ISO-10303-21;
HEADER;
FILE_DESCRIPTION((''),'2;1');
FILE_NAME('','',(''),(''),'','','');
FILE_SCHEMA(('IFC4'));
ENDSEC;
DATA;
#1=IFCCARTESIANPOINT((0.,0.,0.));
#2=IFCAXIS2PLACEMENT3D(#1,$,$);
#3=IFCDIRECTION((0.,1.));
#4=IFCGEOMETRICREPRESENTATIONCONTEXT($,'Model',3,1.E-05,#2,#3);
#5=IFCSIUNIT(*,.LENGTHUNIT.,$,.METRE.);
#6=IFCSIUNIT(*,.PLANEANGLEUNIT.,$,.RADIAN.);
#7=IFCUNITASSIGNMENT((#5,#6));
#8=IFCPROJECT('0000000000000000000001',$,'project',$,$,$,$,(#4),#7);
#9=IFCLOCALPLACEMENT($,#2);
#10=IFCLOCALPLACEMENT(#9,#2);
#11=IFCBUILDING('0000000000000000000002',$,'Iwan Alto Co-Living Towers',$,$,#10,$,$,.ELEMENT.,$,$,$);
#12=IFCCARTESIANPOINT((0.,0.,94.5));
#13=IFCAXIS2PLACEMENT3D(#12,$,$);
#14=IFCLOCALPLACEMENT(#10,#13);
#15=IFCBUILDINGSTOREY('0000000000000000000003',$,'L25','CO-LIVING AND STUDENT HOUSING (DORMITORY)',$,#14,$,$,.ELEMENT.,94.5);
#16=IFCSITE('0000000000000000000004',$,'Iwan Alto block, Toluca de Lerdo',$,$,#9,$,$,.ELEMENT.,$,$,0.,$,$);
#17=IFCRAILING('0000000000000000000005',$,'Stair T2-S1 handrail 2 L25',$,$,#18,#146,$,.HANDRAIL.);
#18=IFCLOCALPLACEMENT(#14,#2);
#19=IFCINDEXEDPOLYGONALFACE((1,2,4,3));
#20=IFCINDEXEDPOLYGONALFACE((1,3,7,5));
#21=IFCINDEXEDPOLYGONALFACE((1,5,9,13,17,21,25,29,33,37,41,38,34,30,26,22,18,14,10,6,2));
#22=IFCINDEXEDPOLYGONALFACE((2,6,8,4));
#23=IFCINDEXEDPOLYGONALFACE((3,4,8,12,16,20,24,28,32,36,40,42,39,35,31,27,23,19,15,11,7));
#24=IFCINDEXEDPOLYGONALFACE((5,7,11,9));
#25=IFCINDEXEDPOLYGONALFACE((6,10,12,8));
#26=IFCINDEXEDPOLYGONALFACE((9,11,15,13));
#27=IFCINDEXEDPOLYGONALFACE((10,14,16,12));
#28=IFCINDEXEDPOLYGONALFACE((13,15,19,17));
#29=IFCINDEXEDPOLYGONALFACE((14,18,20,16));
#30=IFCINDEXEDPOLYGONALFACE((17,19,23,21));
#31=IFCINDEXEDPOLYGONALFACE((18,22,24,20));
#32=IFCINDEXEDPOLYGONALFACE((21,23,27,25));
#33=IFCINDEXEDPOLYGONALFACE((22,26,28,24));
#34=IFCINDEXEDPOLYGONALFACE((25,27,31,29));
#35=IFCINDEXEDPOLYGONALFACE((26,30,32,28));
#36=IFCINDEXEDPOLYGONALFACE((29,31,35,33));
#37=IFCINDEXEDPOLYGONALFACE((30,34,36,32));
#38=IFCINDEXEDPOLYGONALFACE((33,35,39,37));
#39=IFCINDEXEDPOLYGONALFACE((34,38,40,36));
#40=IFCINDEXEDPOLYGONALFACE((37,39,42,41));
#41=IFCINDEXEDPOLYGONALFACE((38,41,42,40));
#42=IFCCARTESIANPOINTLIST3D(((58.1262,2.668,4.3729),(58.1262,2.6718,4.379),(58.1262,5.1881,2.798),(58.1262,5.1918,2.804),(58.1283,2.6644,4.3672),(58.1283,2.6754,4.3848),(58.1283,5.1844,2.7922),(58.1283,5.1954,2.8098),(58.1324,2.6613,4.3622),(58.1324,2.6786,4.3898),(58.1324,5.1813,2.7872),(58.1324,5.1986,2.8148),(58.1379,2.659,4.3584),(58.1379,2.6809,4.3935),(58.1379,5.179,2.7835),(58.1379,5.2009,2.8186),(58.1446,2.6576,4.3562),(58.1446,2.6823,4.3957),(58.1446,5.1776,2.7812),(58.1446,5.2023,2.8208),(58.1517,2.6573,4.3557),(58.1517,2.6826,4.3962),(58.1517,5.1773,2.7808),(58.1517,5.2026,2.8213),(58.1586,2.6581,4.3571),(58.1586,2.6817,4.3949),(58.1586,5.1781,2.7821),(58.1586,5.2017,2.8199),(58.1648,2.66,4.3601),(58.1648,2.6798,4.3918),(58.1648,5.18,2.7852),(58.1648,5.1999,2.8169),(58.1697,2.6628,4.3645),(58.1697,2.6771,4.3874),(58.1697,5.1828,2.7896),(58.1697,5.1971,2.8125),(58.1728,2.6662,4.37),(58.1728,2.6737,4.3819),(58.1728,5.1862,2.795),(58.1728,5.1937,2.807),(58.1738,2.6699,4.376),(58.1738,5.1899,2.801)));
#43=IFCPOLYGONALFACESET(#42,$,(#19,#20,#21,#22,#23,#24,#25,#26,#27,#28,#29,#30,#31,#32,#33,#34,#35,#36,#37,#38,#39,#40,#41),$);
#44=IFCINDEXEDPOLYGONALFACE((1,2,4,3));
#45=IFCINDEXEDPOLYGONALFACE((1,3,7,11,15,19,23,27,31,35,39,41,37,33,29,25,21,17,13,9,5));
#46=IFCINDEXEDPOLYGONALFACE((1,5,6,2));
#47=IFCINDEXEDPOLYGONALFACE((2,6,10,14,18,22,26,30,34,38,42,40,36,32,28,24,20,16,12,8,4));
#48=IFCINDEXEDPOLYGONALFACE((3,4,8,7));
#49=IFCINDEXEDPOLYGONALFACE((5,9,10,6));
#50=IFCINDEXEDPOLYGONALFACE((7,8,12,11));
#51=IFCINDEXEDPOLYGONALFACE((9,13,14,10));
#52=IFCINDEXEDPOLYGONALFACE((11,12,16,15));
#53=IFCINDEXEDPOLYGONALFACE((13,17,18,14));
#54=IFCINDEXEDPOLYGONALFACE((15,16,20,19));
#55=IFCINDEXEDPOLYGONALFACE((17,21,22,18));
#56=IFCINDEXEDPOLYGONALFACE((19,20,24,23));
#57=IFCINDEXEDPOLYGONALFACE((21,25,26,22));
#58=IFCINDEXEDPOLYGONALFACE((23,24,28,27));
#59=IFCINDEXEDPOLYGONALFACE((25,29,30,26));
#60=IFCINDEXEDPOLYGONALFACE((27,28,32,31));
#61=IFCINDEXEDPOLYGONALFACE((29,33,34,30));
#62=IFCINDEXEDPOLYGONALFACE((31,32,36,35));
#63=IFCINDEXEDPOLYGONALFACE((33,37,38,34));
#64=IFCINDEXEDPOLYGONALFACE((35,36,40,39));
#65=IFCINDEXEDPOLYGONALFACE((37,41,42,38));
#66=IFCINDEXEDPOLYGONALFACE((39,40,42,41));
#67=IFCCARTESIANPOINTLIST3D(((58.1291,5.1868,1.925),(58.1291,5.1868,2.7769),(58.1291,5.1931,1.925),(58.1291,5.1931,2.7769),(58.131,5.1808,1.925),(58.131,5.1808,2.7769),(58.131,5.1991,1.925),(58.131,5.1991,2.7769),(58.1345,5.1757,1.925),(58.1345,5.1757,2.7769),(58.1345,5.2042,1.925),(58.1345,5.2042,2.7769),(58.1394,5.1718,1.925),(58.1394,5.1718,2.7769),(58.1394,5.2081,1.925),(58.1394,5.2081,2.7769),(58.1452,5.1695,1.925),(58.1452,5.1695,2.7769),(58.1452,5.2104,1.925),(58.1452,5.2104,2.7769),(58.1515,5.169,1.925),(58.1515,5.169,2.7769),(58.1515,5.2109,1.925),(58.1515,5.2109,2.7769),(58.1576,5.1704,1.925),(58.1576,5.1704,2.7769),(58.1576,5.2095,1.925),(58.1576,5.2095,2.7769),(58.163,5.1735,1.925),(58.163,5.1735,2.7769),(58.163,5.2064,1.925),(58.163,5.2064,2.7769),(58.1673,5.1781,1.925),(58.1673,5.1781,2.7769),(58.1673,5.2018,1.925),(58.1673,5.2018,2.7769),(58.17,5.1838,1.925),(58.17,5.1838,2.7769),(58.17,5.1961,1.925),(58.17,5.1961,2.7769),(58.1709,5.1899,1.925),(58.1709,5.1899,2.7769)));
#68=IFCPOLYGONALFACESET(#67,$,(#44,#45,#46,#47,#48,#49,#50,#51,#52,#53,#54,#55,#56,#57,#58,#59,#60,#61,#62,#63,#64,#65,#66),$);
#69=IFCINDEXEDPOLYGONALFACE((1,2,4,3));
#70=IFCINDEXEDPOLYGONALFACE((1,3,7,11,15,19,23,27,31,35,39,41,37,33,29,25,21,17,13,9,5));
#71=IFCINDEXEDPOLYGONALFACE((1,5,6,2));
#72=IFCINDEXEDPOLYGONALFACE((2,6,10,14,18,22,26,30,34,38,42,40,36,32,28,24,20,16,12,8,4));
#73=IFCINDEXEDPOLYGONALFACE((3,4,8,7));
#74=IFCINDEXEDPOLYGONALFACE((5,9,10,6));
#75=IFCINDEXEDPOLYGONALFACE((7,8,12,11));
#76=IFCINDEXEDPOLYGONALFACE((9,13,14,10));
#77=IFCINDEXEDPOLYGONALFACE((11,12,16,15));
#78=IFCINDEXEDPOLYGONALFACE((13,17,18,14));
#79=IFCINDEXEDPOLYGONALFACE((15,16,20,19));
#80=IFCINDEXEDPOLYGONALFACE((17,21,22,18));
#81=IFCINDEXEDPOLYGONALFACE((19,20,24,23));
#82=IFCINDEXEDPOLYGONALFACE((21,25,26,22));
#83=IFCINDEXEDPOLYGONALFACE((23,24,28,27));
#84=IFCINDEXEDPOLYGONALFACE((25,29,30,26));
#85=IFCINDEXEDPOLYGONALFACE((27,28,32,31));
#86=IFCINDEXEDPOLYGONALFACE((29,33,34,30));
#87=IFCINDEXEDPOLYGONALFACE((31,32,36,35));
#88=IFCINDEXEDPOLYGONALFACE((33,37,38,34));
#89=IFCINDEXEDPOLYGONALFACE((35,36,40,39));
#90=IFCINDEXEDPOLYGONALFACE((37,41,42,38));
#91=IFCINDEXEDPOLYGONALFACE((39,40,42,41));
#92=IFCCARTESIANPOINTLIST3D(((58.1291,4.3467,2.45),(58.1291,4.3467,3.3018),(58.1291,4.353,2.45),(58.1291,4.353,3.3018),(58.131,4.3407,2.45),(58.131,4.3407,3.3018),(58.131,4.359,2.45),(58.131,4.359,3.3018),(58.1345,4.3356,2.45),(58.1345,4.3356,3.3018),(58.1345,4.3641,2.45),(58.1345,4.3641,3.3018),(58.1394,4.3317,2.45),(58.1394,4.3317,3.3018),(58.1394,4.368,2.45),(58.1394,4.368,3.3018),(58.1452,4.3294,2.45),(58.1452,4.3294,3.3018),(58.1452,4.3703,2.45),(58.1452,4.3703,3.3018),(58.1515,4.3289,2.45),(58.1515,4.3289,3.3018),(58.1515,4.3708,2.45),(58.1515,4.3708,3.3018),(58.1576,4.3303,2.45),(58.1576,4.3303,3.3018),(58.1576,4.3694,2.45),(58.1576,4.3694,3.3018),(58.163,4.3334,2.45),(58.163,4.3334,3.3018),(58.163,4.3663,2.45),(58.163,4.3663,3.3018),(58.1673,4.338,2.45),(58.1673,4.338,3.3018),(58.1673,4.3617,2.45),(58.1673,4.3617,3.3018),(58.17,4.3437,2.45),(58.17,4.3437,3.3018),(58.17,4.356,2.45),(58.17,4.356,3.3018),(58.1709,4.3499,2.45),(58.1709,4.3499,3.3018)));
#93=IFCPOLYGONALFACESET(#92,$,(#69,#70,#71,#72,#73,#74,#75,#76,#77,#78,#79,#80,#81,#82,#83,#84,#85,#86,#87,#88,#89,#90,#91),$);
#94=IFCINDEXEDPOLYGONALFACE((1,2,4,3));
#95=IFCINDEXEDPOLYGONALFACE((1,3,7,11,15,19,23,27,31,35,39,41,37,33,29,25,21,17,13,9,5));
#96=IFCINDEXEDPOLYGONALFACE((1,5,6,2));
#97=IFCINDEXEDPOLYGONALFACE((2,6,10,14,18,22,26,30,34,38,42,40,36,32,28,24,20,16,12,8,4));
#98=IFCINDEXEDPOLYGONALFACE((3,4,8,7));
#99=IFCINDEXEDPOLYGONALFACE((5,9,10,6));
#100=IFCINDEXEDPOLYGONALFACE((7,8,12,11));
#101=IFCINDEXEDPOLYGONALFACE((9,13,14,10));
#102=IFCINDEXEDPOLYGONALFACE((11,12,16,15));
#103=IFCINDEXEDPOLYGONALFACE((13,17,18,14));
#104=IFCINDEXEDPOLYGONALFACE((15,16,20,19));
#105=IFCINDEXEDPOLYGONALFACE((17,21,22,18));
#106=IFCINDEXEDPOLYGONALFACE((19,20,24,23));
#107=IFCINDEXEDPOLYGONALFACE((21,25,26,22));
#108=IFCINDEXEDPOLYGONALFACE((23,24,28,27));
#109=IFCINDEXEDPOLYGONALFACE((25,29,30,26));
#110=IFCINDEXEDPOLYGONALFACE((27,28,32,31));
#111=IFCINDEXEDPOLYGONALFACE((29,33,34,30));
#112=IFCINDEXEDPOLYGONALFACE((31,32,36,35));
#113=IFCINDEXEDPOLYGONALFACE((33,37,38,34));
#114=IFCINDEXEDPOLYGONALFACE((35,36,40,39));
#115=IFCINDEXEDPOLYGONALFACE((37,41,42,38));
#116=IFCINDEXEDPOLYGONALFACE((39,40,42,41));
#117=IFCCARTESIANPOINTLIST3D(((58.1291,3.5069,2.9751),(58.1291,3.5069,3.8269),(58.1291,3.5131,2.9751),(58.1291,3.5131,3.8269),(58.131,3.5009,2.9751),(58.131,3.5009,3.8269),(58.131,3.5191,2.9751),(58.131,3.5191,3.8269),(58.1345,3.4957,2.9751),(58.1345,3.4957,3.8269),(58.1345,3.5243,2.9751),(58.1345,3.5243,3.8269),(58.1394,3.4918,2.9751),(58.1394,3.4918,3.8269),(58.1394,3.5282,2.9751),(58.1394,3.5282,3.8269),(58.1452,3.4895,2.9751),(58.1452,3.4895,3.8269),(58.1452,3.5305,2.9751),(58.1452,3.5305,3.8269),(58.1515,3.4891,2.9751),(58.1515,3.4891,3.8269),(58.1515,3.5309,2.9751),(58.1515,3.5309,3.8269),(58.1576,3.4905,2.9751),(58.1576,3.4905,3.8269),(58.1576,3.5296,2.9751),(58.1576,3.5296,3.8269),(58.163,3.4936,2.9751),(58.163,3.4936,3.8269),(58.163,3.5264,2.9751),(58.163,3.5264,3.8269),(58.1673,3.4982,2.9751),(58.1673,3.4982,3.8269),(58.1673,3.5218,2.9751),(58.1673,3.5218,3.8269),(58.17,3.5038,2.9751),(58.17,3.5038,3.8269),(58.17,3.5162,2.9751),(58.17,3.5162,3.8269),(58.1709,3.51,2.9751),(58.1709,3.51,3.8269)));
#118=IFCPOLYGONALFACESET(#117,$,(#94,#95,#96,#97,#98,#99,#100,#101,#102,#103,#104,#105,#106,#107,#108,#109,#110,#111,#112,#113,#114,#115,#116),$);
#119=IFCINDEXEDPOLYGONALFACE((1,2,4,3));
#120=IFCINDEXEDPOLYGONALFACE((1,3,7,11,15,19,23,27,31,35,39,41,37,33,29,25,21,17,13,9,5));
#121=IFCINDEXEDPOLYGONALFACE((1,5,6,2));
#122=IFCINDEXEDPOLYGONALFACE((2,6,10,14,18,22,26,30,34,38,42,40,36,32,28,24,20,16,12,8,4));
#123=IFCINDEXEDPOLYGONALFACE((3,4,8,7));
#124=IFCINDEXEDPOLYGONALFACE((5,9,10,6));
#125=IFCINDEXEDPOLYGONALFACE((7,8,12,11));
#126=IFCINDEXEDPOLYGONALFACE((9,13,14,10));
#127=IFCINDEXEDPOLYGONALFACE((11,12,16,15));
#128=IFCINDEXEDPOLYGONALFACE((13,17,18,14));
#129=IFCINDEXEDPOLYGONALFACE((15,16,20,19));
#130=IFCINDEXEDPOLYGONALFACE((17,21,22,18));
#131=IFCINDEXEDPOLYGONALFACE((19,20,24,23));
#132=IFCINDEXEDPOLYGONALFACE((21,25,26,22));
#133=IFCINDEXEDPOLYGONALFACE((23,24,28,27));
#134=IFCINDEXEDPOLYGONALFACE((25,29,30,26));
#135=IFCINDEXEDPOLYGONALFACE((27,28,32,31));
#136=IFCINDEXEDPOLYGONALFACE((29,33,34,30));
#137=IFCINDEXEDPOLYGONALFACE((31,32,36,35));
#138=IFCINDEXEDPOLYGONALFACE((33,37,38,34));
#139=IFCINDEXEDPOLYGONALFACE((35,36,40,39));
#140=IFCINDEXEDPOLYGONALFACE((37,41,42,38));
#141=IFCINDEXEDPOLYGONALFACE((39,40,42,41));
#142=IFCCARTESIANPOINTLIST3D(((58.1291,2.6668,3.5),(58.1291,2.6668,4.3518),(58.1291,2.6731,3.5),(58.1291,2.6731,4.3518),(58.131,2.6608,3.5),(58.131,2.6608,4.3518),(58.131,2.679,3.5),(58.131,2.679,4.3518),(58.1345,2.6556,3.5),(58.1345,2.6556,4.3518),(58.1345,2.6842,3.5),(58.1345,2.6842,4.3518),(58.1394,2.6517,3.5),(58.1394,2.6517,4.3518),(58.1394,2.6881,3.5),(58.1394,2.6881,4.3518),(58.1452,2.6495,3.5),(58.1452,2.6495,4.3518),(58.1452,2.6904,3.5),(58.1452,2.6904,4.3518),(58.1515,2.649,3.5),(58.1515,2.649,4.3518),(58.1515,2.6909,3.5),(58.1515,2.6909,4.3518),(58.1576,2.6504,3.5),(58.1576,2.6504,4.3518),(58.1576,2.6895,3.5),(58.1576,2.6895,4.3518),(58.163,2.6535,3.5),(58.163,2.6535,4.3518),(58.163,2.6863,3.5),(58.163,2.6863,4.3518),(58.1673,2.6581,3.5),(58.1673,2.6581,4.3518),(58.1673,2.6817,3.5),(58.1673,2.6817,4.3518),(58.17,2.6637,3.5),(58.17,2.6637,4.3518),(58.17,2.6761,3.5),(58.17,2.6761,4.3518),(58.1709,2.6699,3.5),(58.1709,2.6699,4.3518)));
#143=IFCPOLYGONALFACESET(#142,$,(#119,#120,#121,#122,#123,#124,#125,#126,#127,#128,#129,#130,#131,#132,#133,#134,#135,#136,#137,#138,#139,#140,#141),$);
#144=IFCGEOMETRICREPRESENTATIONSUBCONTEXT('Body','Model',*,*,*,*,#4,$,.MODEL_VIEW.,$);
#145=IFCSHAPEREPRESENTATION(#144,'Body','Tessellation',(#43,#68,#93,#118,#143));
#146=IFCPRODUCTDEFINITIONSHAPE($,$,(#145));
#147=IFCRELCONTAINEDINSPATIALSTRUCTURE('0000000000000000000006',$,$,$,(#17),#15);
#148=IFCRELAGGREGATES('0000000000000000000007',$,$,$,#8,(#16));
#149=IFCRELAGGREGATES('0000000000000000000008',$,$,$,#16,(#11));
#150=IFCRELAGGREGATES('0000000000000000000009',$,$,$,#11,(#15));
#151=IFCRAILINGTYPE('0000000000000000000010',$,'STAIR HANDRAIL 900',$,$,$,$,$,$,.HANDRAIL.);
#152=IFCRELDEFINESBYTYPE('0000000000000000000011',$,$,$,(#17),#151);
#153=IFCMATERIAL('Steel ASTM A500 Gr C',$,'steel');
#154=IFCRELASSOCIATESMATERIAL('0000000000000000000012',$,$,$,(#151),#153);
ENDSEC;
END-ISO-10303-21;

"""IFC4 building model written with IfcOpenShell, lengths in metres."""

from ifc_helpers import new_model, si_unit, direction, frame, origin, origin_2d, place, context, subcontext, project, spatial, circle, extrude, material, type_object, element, save


model = new_model("IFC4")

# Units and contexts
model_context = context("Model", 3, precision=1e-05, world=origin(), true_north=direction((0.0, 1.0)))
body_context = subcontext(model_context, "Body", "Model", "MODEL_VIEW")
ifc_project = project(units=[si_unit("LENGTHUNIT", "METRE"), si_unit("PLANEANGLEUNIT", "RADIAN")], contexts=[model_context])

# Site, building, storey
site_placement = place(None, origin())
site = spatial("IfcSite", under=ifc_project, at=site_placement, Name="Iwan Alto block, Toluca de Lerdo", CompositionType="ELEMENT", RefElevation=0.0)
building_placement = place(site_placement, origin())
building = spatial("IfcBuilding", under=site, at=building_placement, Name="Iwan Alto Co-Living Towers", CompositionType="ELEMENT")
storey_placement = place(building_placement, frame((0.0, 0.0, 94.5)))
storey = spatial("IfcBuildingStorey", under=building, at=storey_placement, Name="L25", Description="CO-LIVING AND STUDENT HOUSING (DORMITORY)", CompositionType="ELEMENT", Elevation=94.5)

# Railing
ifc_material_1 = material(Name="Steel ASTM A500 Gr C", Category="steel")
railing_type_1 = type_object("IfcRailingType", Name="STAIR HANDRAIL 900", PredefinedType="HANDRAIL", material=ifc_material_1)
railing_1_placement = place(storey_placement, frame((58.1499, 5.1899, 1.925)))
element("IfcRailing", 1, at=railing_1_placement, inside=storey, type_object=railing_type_1, Name="Stair T2-S1 handrail 2 L25", PredefinedType="HANDRAIL", context=body_context, shape_type="SweptSolid", body=[
    extrude(circle(Radius=0.0239, at=origin_2d()), frame((0.0, 0.0, 0.876), z_axis=(0.0, -0.848008, 0.529984), x_axis=(1.0, 0.0, 0.0)), (0.0, 0.0, 1.0), 2.9717),
    extrude(circle(Radius=0.021, at=origin_2d()), origin(), (0.0, 0.0, 1.0), 0.8518),
    extrude(circle(Radius=0.021, at=origin_2d()), frame((0.0, -0.8401, 0.5249)), (0.0, 0.0, 1.0), 0.8518),
    extrude(circle(Radius=0.021, at=origin_2d()), frame((0.0, -1.6799, 1.05)), (0.0, 0.0, 1.0), 0.8518),
    extrude(circle(Radius=0.021, at=origin_2d()), frame((0.0, -2.52, 1.575)), (0.0, 0.0, 1.0), 0.8518),
])

save(model, "model.ifc")
